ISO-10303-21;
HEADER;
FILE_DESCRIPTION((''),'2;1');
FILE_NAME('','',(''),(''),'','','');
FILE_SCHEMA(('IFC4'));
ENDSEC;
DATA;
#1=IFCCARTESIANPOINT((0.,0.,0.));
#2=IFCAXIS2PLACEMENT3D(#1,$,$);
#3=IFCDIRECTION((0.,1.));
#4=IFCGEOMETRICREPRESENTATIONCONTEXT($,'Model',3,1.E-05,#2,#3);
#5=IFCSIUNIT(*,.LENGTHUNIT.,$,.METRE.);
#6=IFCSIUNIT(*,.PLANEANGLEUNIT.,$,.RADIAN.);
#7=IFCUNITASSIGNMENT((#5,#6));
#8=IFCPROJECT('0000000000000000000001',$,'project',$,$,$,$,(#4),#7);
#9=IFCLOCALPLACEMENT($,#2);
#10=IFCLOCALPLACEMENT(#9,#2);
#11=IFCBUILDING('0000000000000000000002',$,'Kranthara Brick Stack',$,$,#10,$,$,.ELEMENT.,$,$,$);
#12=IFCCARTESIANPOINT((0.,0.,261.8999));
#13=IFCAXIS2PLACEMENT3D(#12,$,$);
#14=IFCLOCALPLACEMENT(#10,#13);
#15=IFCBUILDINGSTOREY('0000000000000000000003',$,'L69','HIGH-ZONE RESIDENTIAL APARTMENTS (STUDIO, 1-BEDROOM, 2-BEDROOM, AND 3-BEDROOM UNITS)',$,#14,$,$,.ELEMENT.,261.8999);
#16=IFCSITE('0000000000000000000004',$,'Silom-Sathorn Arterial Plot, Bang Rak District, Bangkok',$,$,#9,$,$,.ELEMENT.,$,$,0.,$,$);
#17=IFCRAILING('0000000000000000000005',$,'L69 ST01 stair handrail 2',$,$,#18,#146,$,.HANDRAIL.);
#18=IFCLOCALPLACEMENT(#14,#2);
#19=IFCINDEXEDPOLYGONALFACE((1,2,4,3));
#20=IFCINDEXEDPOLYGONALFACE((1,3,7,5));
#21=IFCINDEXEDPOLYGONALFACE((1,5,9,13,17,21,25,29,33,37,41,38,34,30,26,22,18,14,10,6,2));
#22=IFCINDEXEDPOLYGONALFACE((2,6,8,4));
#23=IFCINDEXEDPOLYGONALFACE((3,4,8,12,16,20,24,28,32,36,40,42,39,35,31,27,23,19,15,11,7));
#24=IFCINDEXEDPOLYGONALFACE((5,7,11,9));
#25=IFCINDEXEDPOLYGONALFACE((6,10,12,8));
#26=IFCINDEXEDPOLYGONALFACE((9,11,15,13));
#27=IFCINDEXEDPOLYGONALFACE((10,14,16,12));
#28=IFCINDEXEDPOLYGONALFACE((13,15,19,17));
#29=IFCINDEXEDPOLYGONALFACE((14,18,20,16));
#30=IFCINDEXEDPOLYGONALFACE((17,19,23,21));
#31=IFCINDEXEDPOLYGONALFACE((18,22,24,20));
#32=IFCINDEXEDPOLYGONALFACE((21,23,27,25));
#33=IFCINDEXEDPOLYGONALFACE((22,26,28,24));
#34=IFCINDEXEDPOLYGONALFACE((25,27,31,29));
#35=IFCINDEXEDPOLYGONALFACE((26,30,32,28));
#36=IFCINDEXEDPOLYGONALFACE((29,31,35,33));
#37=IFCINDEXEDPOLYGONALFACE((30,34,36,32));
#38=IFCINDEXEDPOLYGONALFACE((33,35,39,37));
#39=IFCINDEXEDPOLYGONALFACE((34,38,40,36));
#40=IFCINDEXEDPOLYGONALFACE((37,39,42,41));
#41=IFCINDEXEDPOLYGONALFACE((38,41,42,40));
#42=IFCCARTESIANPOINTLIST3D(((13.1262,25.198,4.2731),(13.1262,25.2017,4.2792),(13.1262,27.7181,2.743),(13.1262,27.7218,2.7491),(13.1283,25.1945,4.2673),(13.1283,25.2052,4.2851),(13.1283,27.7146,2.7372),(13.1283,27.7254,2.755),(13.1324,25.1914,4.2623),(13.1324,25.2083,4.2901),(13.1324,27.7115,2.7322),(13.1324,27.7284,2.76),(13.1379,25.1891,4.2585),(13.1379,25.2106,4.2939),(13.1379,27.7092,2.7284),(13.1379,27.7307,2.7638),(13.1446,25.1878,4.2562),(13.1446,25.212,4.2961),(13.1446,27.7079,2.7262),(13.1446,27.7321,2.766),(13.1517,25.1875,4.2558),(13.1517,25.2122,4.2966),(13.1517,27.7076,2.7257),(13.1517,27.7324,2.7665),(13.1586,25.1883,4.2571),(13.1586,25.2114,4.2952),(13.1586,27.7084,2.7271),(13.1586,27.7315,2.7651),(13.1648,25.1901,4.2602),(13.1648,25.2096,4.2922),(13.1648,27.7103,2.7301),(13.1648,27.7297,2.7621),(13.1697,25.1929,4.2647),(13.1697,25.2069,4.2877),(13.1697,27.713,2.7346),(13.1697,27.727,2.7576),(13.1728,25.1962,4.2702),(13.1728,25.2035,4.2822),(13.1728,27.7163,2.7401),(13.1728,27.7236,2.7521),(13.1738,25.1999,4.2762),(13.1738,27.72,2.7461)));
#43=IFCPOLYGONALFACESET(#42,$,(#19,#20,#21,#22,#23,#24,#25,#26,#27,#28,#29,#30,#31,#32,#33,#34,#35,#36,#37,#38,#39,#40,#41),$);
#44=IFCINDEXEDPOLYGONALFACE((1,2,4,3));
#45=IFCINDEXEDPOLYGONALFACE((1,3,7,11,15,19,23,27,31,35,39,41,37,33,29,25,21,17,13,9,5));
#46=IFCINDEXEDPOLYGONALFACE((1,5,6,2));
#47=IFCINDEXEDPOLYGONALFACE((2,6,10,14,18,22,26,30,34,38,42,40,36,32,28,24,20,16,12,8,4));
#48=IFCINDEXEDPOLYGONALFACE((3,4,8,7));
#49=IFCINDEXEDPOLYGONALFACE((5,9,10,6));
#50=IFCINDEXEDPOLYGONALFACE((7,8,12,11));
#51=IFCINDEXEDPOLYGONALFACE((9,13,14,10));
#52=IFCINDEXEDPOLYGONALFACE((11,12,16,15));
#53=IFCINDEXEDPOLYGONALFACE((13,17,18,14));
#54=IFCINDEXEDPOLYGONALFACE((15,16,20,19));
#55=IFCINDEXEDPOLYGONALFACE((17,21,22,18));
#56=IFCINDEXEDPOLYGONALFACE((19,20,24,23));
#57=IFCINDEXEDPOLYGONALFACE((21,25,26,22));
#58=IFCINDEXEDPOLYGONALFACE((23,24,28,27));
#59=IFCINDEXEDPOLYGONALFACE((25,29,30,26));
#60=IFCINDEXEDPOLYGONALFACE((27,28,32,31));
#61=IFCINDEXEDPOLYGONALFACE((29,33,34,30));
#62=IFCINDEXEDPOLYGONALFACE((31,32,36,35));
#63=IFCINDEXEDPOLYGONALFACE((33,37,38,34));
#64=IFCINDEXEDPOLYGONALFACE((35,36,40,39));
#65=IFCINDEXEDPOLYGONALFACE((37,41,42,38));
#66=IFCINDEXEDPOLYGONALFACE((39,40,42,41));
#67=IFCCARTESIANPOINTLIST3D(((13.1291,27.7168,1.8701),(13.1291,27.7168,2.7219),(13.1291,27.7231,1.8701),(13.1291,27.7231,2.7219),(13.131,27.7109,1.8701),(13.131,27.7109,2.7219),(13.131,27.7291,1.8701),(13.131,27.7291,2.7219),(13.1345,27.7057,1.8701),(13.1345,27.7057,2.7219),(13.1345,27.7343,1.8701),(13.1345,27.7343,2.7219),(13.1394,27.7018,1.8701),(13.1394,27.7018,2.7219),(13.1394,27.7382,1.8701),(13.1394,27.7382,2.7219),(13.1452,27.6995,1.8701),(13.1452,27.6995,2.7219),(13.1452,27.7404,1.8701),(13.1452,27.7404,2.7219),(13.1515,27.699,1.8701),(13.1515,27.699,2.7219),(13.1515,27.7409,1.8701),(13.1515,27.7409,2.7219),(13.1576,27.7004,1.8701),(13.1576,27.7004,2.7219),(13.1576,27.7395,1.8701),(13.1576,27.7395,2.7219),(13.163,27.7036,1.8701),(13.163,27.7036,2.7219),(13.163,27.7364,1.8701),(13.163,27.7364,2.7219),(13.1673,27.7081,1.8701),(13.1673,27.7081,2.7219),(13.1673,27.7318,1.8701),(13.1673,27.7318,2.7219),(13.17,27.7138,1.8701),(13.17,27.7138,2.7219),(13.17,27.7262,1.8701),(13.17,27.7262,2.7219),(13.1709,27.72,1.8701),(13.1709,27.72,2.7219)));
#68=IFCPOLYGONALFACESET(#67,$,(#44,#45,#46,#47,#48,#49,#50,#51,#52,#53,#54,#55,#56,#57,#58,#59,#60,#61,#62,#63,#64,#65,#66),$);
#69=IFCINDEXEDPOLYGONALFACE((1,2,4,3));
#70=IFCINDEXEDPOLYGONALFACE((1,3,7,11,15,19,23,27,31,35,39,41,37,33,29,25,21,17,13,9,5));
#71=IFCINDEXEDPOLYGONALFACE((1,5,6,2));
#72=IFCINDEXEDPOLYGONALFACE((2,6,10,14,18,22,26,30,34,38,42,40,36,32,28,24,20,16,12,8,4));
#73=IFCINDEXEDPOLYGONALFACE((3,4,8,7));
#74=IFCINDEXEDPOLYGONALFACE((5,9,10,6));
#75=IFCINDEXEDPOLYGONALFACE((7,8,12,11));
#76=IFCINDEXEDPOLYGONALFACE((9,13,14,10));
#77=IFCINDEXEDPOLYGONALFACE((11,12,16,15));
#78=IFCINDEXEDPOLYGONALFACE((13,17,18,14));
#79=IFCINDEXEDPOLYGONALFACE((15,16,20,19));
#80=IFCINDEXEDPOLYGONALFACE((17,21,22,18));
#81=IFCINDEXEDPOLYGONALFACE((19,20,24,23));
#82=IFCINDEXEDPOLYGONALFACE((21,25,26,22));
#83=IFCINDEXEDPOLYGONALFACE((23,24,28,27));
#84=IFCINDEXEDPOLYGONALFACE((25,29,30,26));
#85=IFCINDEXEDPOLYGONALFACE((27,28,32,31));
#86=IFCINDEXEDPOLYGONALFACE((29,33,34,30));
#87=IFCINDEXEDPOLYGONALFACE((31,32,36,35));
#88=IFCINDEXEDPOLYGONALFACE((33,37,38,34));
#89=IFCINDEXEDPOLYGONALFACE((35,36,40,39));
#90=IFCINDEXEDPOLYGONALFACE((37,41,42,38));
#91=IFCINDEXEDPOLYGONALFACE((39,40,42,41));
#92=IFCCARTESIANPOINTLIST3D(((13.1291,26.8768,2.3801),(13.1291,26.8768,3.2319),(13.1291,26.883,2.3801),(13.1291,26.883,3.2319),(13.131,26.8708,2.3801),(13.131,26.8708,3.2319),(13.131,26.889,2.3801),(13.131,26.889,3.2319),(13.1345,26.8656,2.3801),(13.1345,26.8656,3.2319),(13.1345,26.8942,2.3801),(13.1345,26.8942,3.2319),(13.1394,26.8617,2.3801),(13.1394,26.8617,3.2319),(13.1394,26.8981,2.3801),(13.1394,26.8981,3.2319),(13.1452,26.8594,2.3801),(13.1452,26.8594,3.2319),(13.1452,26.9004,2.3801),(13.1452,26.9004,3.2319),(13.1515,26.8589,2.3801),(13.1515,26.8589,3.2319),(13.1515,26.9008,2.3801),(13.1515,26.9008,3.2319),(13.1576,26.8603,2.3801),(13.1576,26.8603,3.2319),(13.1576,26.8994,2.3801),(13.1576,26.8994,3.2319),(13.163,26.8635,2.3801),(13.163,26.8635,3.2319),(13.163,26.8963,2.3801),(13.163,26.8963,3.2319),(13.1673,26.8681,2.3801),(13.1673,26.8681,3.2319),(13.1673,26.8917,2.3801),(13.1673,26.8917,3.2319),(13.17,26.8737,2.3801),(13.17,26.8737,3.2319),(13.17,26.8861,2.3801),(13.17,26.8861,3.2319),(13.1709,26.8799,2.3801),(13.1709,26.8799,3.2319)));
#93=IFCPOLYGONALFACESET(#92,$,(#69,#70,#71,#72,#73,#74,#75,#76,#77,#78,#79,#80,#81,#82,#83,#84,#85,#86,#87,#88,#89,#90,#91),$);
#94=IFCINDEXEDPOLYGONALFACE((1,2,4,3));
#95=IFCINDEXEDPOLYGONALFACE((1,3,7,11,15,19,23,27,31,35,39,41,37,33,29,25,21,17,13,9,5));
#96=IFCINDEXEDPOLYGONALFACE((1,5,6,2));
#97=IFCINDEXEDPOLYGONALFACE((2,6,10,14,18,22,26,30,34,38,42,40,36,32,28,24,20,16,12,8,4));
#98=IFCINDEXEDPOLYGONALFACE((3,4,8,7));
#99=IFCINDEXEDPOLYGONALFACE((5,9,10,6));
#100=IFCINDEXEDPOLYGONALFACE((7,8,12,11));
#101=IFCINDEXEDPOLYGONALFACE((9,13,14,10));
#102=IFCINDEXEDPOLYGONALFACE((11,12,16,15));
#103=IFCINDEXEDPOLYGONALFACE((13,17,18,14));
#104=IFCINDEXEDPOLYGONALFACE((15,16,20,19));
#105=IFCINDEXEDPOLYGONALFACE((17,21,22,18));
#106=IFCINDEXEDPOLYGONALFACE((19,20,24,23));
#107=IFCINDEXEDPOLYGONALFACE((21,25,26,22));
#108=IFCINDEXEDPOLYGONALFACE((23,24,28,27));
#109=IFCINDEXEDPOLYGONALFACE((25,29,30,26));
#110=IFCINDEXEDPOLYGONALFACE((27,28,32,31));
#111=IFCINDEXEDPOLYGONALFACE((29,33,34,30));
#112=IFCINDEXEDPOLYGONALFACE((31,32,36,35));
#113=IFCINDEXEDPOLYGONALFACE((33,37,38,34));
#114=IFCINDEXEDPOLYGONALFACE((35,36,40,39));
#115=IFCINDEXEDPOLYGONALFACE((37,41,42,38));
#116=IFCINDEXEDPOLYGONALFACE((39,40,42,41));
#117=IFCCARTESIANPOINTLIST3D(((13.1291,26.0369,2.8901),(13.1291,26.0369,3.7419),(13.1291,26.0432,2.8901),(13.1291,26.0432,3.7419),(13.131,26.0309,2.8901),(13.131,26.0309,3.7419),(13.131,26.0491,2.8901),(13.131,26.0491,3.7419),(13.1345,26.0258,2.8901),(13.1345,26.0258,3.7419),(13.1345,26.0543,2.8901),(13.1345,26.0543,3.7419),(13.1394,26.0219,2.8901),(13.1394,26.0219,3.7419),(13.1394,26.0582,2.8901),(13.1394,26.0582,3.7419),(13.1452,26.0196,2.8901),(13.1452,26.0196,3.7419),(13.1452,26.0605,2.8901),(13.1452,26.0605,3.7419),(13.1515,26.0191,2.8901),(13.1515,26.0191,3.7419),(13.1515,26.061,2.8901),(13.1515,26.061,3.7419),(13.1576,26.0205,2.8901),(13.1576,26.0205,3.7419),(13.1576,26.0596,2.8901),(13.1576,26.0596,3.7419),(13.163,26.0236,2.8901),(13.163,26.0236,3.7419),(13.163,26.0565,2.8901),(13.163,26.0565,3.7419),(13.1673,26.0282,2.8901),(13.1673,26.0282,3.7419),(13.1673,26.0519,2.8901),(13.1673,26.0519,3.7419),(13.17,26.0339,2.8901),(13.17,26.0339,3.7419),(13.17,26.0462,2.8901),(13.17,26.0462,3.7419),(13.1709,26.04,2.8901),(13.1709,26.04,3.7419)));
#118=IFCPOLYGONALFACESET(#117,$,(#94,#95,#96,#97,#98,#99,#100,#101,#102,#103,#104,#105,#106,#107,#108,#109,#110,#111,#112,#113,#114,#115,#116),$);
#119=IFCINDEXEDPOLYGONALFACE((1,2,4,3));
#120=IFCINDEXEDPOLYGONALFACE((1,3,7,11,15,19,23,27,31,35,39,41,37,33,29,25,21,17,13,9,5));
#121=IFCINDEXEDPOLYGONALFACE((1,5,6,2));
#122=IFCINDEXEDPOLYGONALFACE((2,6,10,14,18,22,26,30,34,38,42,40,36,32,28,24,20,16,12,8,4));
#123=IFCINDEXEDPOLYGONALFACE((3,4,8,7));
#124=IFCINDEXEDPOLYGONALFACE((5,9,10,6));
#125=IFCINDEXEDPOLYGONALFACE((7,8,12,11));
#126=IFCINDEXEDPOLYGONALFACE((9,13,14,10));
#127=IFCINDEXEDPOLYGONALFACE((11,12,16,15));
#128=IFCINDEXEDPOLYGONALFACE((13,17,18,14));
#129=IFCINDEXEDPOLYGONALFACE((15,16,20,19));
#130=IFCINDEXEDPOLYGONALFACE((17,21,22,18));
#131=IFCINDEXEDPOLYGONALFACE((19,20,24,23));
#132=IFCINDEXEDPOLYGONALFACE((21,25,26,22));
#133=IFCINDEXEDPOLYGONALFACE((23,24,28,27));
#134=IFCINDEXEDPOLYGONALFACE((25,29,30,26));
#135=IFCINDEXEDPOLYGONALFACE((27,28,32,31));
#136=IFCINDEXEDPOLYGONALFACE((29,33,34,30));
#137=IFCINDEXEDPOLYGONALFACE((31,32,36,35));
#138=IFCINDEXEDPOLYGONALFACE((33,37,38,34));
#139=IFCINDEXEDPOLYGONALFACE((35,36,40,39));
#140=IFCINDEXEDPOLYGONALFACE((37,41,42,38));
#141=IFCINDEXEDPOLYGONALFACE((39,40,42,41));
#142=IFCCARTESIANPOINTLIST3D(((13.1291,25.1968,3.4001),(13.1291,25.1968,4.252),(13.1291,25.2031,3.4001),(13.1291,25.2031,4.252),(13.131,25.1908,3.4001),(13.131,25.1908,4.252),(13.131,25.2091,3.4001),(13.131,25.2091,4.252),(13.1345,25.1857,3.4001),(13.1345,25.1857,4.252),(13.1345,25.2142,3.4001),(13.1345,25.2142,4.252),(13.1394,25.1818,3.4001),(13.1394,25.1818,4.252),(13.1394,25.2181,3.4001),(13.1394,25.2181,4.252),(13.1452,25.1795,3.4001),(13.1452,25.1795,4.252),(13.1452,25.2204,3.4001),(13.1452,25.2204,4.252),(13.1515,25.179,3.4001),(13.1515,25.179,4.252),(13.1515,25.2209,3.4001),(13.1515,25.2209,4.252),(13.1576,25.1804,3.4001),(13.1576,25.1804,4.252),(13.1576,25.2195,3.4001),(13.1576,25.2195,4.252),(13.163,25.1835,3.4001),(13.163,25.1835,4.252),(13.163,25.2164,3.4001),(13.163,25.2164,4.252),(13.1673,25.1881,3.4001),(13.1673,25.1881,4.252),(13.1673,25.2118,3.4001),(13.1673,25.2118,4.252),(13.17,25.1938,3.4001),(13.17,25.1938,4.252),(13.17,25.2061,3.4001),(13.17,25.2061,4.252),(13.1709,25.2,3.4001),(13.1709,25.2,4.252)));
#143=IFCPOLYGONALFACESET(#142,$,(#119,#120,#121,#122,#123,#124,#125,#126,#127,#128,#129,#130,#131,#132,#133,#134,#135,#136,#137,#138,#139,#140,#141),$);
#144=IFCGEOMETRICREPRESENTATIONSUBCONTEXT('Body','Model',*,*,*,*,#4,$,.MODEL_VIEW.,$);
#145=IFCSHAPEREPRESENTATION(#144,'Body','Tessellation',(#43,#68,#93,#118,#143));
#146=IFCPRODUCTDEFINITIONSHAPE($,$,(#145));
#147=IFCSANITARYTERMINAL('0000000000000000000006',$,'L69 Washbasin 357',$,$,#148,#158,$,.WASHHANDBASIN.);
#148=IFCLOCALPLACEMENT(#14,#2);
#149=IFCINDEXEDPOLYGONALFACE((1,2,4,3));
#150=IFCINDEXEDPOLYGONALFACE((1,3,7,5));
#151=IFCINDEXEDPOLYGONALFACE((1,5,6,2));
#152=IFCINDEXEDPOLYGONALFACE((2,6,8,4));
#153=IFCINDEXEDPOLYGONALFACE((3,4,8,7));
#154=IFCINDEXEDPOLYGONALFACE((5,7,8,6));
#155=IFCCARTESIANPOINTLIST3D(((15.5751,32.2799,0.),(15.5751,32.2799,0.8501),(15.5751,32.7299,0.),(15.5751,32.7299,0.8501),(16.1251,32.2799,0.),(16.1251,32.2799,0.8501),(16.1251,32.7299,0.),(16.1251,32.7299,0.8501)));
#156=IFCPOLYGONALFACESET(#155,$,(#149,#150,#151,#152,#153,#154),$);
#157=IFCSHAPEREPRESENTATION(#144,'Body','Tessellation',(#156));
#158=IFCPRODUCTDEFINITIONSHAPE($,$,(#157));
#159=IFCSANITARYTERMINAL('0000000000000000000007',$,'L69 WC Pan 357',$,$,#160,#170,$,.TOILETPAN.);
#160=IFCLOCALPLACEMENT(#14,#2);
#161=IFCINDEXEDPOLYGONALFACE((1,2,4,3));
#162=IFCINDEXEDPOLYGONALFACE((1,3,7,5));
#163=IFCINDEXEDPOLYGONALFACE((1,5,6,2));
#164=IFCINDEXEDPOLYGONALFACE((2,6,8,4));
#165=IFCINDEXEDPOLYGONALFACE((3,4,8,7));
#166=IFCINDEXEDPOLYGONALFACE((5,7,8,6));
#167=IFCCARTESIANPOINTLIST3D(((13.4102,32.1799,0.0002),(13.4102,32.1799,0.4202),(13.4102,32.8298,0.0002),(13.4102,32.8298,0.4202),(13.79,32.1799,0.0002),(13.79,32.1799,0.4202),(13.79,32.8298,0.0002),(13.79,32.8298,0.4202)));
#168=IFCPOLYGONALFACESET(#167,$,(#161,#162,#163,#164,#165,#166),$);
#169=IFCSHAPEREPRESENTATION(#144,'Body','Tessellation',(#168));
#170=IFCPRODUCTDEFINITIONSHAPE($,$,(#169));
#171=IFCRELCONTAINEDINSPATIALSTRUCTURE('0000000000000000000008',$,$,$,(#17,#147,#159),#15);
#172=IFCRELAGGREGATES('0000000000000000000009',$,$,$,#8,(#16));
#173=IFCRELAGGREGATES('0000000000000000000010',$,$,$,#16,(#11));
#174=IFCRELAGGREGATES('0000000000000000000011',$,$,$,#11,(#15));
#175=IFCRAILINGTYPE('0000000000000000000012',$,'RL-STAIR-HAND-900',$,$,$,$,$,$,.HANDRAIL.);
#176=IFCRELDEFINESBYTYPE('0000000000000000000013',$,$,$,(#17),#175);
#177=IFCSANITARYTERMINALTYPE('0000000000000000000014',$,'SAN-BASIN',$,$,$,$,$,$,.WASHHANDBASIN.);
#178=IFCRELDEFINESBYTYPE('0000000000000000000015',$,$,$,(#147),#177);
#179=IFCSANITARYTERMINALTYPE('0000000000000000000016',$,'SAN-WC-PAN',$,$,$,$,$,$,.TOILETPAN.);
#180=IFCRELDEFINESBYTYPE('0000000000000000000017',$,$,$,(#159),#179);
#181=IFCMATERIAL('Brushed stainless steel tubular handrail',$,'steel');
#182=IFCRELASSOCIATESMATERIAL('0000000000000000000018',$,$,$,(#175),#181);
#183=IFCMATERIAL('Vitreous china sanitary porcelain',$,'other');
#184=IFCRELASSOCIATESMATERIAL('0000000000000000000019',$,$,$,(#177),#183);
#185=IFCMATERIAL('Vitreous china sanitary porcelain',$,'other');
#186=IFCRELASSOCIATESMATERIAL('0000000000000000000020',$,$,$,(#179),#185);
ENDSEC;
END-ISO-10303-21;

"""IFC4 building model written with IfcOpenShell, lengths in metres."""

from ifc_helpers import new_model, si_unit, direction, frame, origin, origin_2d, place, context, subcontext, project, spatial, rectangle, circle, extrude, material, type_object, element, save


model = new_model("IFC4")

# Units and contexts
model_context = context("Model", 3, precision=1e-05, world=origin(), true_north=direction((0.0, 1.0)))
body_context = subcontext(model_context, "Body", "Model", "MODEL_VIEW")
ifc_project = project(units=[si_unit("LENGTHUNIT", "METRE"), si_unit("PLANEANGLEUNIT", "RADIAN")], contexts=[model_context])

# Site, building, storey
site_placement = place(None, origin())
site = spatial("IfcSite", under=ifc_project, at=site_placement, Name="Silom-Sathorn Arterial Plot, Bang Rak District, Bangkok", CompositionType="ELEMENT", RefElevation=0.0)
building_placement = place(site_placement, origin())
building = spatial("IfcBuilding", under=site, at=building_placement, Name="Kranthara Brick Stack", CompositionType="ELEMENT")
storey_placement = place(building_placement, frame((0.0, 0.0, 261.8999)))
storey = spatial("IfcBuildingStorey", under=building, at=storey_placement, Name="L69", Description="HIGH-ZONE RESIDENTIAL APARTMENTS (STUDIO, 1-BEDROOM, 2-BEDROOM, AND 3-BEDROOM UNITS)", CompositionType="ELEMENT", Elevation=261.8999)

# Railing
ifc_material_1 = material(Name="Brushed stainless steel tubular handrail", Category="steel")
railing_type_1 = type_object("IfcRailingType", Name="RL-STAIR-HAND-900", PredefinedType="HANDRAIL", material=ifc_material_1)
railing_1_placement = place(storey_placement, frame((13.1499, 27.72, 1.8701)))
element("IfcRailing", 1, at=railing_1_placement, inside=storey, type_object=railing_type_1, Name="L69 ST01 stair handrail 2", PredefinedType="HANDRAIL", context=body_context, shape_type="SweptSolid", body=[
    extrude(circle(Radius=0.0239, at=origin_2d()), frame((0.0, 0.0, 0.876), z_axis=(0.0, -0.854785, 0.518982), x_axis=(1.0, 0.0, 0.0)), (0.0, 0.0, 1.0), 2.9482),
    extrude(circle(Radius=0.021, at=origin_2d()), origin(), (0.0, 0.0, 1.0), 0.8518),
    extrude(circle(Radius=0.021, at=origin_2d()), frame((0.0, -0.8401, 0.51)), (0.0, 0.0, 1.0), 0.8518),
    extrude(circle(Radius=0.021, at=origin_2d()), frame((0.0, -1.6799, 1.02)), (0.0, 0.0, 1.0), 0.8518),
    extrude(circle(Radius=0.021, at=origin_2d()), frame((0.0, -2.52, 1.53)), (0.0, 0.0, 1.0), 0.8518),
])

# Sanitary terminals
ifc_material_2 = material(Name="Vitreous china sanitary porcelain", Category="other")
sanitary_terminal_type_1 = type_object("IfcSanitaryTerminalType", Name="SAN-BASIN", PredefinedType="WASHHANDBASIN", material=ifc_material_2)
sanitary_terminal_1_placement = place(storey_placement, frame((15.8501, 32.5049, 0.0), z_axis=(0.0, 0.0, 1.0), x_axis=(1.0, 0.0, 0.0)))
element("IfcSanitaryTerminal", 2, at=sanitary_terminal_1_placement, inside=storey, type_object=sanitary_terminal_type_1, Name="L69 Washbasin 357", PredefinedType="WASHHANDBASIN", context=body_context, shape_type="SweptSolid", body=[
    extrude(rectangle(XDim=0.55, YDim=0.45, at=origin_2d()), origin(), (0.0, 0.0, 1.0), 0.8501),
])
ifc_material_3 = material(Name="Vitreous china sanitary porcelain", Category="other")
sanitary_terminal_type_2 = type_object("IfcSanitaryTerminalType", Name="SAN-WC-PAN", PredefinedType="TOILETPAN", material=ifc_material_3)
sanitary_terminal_2_placement = place(storey_placement, frame((13.6001, 32.5049, 0.0002), z_axis=(0.0, 0.0, 1.0), x_axis=(1.0, 0.0, 0.0)))
element("IfcSanitaryTerminal", 3, at=sanitary_terminal_2_placement, inside=storey, type_object=sanitary_terminal_type_2, Name="L69 WC Pan 357", PredefinedType="TOILETPAN", context=body_context, shape_type="SweptSolid", body=[
    extrude(rectangle(XDim=0.3799, YDim=0.6499, at=origin_2d()), origin(), (0.0, 0.0, 1.0), 0.4199),
])

save(model, "model.ifc")
